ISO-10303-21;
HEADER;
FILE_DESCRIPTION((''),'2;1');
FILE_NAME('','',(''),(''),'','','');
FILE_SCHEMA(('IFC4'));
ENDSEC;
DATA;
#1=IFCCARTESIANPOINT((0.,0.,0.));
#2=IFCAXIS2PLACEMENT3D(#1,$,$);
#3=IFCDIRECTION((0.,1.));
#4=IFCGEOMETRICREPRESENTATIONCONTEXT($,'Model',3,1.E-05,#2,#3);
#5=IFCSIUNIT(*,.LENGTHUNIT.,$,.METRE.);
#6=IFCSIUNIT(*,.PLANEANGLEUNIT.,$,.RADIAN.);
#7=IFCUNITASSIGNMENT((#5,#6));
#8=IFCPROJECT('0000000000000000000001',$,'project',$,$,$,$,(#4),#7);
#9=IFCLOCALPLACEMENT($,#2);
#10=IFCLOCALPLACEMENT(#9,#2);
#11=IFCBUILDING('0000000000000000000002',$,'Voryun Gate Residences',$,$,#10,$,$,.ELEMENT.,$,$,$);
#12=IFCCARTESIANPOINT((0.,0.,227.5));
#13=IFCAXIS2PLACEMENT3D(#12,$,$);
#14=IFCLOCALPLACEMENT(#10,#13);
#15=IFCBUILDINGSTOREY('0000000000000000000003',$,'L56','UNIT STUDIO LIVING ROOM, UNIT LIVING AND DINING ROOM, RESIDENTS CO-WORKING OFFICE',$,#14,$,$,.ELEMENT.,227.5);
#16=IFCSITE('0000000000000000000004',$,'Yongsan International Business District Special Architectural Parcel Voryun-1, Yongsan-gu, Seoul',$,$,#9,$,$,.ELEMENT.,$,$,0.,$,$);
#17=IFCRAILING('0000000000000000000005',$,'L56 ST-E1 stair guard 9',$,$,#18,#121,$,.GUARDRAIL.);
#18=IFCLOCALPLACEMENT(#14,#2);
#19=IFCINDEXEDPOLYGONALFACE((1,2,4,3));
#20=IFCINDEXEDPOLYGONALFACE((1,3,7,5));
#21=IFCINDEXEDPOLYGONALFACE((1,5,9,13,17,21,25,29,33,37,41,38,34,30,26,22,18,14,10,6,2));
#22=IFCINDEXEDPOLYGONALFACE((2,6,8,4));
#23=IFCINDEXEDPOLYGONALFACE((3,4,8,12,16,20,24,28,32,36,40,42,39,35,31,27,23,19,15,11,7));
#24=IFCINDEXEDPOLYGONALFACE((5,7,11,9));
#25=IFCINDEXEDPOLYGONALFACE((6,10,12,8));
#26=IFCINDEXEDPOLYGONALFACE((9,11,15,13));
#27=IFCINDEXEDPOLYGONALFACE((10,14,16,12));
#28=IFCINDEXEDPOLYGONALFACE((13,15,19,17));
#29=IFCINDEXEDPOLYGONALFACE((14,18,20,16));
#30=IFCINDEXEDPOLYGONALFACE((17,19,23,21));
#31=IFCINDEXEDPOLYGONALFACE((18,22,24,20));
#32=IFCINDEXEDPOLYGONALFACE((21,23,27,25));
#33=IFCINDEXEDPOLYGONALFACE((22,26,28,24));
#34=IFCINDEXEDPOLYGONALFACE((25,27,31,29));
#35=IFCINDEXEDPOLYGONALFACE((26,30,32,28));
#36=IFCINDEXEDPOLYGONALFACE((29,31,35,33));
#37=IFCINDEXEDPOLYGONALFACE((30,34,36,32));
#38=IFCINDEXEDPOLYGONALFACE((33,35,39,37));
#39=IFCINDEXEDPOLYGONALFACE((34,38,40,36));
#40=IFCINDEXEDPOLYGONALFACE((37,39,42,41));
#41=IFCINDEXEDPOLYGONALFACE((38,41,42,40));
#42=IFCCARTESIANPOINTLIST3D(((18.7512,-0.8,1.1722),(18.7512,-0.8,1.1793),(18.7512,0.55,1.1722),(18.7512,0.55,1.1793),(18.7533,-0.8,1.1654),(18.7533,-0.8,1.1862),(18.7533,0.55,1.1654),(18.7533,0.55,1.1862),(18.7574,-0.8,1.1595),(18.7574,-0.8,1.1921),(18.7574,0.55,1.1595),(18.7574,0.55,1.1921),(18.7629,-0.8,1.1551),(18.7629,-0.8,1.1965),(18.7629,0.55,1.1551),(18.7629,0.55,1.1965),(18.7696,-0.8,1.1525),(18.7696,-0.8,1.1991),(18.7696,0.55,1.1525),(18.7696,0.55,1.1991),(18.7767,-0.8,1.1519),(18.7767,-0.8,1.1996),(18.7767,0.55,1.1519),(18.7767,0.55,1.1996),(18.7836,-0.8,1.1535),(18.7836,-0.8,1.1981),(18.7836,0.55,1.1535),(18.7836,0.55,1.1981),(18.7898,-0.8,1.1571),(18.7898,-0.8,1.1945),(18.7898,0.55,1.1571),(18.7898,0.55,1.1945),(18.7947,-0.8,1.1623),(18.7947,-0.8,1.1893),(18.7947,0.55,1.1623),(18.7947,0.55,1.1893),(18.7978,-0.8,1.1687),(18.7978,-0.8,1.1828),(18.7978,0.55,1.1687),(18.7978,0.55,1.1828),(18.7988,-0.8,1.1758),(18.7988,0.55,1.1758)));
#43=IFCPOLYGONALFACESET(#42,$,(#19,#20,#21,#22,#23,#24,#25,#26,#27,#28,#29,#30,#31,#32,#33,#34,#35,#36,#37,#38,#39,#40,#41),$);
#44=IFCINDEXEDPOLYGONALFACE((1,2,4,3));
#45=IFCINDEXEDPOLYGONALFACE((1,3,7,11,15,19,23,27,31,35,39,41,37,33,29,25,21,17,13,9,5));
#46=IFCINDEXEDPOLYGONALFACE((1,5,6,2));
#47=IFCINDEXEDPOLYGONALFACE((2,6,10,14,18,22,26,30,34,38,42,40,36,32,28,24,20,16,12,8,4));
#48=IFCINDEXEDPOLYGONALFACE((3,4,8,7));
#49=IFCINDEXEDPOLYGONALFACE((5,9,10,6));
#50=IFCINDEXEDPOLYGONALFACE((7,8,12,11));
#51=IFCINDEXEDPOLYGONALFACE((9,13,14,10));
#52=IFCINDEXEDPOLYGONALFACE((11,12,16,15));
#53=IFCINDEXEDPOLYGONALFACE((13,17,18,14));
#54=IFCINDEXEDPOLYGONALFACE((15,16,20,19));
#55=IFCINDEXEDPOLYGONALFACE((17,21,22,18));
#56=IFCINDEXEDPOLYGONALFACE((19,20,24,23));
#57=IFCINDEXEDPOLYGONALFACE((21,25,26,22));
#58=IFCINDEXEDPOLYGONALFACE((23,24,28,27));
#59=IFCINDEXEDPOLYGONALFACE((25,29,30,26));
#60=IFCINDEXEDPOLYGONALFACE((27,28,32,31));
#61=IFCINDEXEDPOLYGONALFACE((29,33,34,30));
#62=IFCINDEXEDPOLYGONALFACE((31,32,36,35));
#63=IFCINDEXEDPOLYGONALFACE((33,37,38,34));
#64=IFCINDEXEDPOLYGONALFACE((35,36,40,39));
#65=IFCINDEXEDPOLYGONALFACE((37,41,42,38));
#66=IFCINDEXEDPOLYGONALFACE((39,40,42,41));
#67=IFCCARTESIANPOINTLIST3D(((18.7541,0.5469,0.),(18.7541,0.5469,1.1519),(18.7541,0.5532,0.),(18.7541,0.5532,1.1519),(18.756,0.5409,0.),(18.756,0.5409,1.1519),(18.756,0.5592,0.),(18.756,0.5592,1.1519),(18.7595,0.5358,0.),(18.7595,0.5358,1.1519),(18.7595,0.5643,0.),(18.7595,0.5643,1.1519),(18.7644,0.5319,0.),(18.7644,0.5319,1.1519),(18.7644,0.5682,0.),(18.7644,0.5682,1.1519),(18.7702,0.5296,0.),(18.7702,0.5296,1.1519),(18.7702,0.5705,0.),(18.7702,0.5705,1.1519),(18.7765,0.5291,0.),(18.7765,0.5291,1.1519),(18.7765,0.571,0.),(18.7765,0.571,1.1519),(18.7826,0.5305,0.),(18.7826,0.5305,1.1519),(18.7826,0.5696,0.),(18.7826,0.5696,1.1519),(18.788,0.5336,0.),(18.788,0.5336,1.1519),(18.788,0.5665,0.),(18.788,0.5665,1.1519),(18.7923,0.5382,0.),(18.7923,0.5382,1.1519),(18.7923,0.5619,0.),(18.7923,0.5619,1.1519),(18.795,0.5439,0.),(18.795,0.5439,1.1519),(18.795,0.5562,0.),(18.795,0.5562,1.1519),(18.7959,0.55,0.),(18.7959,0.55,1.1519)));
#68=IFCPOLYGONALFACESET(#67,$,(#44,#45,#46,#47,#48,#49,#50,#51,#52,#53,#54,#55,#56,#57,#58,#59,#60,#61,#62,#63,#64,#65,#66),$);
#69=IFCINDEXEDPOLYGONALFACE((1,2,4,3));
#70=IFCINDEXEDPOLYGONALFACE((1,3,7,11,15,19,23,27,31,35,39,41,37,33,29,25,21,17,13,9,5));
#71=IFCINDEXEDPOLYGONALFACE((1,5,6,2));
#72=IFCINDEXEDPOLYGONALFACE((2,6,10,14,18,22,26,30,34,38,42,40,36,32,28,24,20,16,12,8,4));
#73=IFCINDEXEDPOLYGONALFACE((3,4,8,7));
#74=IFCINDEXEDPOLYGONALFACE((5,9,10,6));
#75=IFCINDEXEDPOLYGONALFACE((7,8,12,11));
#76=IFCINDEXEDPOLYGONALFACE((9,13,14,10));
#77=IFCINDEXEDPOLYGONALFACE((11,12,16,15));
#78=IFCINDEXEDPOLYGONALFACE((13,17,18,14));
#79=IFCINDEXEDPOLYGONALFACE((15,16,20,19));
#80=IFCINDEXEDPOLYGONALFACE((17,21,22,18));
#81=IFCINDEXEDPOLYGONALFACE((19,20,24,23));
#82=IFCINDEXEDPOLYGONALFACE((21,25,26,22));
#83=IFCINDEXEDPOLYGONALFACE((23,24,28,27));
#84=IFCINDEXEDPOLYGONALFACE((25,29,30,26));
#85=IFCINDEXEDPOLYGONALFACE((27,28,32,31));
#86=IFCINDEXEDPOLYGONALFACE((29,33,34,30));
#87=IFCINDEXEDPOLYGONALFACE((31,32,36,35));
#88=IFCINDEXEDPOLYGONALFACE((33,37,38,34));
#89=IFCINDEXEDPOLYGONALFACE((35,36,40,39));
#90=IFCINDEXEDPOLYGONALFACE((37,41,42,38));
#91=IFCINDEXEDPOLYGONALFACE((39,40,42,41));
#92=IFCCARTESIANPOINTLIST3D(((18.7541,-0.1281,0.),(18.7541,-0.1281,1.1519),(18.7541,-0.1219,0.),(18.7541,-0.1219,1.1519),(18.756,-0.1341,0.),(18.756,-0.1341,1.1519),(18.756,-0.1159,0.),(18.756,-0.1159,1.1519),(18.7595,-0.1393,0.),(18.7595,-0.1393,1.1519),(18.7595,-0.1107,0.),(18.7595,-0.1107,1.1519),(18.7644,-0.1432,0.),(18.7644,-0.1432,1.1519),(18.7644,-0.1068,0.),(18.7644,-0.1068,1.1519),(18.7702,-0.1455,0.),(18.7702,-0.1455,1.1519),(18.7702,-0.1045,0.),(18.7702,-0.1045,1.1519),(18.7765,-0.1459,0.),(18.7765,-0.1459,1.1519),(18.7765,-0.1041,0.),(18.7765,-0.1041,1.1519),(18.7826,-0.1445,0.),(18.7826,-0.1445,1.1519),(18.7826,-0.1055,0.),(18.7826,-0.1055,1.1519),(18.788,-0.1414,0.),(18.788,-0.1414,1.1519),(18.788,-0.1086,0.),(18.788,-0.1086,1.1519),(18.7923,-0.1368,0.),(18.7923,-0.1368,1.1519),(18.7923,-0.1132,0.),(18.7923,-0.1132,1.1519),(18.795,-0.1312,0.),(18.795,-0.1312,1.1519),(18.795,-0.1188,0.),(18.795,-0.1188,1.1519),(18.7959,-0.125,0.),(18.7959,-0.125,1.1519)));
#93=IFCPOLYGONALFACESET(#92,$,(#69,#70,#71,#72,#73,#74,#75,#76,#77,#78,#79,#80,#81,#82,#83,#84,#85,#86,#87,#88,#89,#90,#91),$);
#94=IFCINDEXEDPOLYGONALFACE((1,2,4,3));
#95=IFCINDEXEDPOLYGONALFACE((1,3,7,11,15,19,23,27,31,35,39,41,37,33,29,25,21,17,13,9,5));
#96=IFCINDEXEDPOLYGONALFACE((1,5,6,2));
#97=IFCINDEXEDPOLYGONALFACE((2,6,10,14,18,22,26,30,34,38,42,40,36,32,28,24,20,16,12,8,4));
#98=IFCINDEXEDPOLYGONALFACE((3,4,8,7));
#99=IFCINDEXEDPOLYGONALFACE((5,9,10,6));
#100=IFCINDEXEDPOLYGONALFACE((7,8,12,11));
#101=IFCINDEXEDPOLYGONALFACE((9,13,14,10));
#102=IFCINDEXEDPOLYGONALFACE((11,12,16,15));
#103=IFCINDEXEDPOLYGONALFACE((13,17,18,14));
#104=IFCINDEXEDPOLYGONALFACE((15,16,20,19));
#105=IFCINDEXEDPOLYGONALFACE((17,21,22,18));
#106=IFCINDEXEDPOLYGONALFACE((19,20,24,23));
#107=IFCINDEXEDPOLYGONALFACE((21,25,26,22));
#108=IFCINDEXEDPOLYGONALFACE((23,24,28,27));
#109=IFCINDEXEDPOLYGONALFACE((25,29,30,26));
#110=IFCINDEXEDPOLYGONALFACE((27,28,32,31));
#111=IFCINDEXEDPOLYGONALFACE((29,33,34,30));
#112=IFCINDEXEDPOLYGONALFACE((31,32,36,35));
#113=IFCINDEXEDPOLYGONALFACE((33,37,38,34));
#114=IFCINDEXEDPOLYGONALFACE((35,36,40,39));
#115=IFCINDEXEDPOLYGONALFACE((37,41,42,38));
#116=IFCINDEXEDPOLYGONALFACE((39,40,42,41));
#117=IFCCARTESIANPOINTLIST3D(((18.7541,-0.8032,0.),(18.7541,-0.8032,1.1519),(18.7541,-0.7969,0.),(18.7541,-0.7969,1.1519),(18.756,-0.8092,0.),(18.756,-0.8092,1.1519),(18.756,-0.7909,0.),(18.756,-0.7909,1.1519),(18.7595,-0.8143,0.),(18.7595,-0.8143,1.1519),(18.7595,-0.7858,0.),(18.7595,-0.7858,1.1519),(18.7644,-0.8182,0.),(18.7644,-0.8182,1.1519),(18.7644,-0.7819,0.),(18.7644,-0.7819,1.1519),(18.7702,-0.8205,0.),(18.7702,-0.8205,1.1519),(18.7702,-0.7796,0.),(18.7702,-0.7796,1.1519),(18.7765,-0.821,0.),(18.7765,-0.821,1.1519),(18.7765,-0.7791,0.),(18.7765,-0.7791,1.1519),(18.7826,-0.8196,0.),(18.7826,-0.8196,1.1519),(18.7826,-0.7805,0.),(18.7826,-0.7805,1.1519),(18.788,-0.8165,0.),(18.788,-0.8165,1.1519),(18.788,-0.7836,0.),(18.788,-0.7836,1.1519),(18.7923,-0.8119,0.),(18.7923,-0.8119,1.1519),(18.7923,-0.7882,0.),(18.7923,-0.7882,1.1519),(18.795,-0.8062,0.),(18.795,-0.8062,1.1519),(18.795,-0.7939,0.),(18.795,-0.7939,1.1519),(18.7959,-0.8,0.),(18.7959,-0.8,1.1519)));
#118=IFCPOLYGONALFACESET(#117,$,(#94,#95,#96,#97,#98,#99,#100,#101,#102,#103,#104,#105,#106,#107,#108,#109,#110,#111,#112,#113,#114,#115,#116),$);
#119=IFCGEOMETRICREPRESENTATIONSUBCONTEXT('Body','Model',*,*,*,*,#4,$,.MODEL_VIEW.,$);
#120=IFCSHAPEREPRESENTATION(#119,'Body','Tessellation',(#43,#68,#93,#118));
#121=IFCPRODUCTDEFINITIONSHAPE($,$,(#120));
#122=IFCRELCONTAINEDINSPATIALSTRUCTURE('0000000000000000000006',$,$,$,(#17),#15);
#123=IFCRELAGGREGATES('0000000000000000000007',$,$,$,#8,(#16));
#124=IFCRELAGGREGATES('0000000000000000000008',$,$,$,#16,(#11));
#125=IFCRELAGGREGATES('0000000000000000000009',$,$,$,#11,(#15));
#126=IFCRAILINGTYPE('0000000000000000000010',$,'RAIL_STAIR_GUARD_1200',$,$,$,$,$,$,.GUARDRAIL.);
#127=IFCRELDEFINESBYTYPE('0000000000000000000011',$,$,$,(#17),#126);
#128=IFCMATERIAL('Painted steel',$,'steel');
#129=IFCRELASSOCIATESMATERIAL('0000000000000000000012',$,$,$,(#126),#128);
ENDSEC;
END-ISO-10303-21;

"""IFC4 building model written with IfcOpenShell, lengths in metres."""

from ifc_helpers import new_model, si_unit, direction, frame, origin, origin_2d, place, context, subcontext, project, spatial, circle, extrude, material, type_object, element, save


model = new_model("IFC4")

# Units and contexts
model_context = context("Model", 3, precision=1e-05, world=origin(), true_north=direction((0.0, 1.0)))
body_context = subcontext(model_context, "Body", "Model", "MODEL_VIEW")
ifc_project = project(units=[si_unit("LENGTHUNIT", "METRE"), si_unit("PLANEANGLEUNIT", "RADIAN")], contexts=[model_context])

# Site, building, storey
site_placement = place(None, origin())
site = spatial("IfcSite", under=ifc_project, at=site_placement, Name="Yongsan International Business District Special Architectural Parcel Voryun-1, Yongsan-gu, Seoul", CompositionType="ELEMENT", RefElevation=0.0)
building_placement = place(site_placement, origin())
building = spatial("IfcBuilding", under=site, at=building_placement, Name="Voryun Gate Residences", CompositionType="ELEMENT")
storey_placement = place(building_placement, frame((0.0, 0.0, 227.5)))
storey = spatial("IfcBuildingStorey", under=building, at=storey_placement, Name="L56", Description="UNIT STUDIO LIVING ROOM, UNIT LIVING AND DINING ROOM, RESIDENTS CO-WORKING OFFICE", CompositionType="ELEMENT", Elevation=227.5)

# Railing
ifc_material_1 = material(Name="Painted steel", Category="steel")
railing_type = type_object("IfcRailingType", Name="RAIL_STAIR_GUARD_1200", PredefinedType="GUARDRAIL", material=ifc_material_1)
railing_1_placement = place(storey_placement, frame((18.7749, 0.55, 0.0)))
element("IfcRailing", 1, at=railing_1_placement, inside=storey, type_object=railing_type, Name="L56 ST-E1 stair guard 9", PredefinedType="GUARDRAIL", context=body_context, shape_type="SweptSolid", body=[
    extrude(circle(Radius=0.0239, at=origin_2d()), frame((0.0, 0.0, 1.1758), z_axis=(0.0, -1.0, 0.0), x_axis=(1.0, 0.0, 0.0)), (0.0, 0.0, 1.0), 1.3501),
    extrude(circle(Radius=0.021, at=origin_2d()), origin(), (0.0, 0.0, 1.0), 1.1519),
    extrude(circle(Radius=0.021, at=origin_2d()), frame((0.0, -0.675, 0.0)), (0.0, 0.0, 1.0), 1.1519),
    extrude(circle(Radius=0.021, at=origin_2d()), frame((0.0, -1.3501, 0.0)), (0.0, 0.0, 1.0), 1.1519),
])

save(model, "model.ifc")
